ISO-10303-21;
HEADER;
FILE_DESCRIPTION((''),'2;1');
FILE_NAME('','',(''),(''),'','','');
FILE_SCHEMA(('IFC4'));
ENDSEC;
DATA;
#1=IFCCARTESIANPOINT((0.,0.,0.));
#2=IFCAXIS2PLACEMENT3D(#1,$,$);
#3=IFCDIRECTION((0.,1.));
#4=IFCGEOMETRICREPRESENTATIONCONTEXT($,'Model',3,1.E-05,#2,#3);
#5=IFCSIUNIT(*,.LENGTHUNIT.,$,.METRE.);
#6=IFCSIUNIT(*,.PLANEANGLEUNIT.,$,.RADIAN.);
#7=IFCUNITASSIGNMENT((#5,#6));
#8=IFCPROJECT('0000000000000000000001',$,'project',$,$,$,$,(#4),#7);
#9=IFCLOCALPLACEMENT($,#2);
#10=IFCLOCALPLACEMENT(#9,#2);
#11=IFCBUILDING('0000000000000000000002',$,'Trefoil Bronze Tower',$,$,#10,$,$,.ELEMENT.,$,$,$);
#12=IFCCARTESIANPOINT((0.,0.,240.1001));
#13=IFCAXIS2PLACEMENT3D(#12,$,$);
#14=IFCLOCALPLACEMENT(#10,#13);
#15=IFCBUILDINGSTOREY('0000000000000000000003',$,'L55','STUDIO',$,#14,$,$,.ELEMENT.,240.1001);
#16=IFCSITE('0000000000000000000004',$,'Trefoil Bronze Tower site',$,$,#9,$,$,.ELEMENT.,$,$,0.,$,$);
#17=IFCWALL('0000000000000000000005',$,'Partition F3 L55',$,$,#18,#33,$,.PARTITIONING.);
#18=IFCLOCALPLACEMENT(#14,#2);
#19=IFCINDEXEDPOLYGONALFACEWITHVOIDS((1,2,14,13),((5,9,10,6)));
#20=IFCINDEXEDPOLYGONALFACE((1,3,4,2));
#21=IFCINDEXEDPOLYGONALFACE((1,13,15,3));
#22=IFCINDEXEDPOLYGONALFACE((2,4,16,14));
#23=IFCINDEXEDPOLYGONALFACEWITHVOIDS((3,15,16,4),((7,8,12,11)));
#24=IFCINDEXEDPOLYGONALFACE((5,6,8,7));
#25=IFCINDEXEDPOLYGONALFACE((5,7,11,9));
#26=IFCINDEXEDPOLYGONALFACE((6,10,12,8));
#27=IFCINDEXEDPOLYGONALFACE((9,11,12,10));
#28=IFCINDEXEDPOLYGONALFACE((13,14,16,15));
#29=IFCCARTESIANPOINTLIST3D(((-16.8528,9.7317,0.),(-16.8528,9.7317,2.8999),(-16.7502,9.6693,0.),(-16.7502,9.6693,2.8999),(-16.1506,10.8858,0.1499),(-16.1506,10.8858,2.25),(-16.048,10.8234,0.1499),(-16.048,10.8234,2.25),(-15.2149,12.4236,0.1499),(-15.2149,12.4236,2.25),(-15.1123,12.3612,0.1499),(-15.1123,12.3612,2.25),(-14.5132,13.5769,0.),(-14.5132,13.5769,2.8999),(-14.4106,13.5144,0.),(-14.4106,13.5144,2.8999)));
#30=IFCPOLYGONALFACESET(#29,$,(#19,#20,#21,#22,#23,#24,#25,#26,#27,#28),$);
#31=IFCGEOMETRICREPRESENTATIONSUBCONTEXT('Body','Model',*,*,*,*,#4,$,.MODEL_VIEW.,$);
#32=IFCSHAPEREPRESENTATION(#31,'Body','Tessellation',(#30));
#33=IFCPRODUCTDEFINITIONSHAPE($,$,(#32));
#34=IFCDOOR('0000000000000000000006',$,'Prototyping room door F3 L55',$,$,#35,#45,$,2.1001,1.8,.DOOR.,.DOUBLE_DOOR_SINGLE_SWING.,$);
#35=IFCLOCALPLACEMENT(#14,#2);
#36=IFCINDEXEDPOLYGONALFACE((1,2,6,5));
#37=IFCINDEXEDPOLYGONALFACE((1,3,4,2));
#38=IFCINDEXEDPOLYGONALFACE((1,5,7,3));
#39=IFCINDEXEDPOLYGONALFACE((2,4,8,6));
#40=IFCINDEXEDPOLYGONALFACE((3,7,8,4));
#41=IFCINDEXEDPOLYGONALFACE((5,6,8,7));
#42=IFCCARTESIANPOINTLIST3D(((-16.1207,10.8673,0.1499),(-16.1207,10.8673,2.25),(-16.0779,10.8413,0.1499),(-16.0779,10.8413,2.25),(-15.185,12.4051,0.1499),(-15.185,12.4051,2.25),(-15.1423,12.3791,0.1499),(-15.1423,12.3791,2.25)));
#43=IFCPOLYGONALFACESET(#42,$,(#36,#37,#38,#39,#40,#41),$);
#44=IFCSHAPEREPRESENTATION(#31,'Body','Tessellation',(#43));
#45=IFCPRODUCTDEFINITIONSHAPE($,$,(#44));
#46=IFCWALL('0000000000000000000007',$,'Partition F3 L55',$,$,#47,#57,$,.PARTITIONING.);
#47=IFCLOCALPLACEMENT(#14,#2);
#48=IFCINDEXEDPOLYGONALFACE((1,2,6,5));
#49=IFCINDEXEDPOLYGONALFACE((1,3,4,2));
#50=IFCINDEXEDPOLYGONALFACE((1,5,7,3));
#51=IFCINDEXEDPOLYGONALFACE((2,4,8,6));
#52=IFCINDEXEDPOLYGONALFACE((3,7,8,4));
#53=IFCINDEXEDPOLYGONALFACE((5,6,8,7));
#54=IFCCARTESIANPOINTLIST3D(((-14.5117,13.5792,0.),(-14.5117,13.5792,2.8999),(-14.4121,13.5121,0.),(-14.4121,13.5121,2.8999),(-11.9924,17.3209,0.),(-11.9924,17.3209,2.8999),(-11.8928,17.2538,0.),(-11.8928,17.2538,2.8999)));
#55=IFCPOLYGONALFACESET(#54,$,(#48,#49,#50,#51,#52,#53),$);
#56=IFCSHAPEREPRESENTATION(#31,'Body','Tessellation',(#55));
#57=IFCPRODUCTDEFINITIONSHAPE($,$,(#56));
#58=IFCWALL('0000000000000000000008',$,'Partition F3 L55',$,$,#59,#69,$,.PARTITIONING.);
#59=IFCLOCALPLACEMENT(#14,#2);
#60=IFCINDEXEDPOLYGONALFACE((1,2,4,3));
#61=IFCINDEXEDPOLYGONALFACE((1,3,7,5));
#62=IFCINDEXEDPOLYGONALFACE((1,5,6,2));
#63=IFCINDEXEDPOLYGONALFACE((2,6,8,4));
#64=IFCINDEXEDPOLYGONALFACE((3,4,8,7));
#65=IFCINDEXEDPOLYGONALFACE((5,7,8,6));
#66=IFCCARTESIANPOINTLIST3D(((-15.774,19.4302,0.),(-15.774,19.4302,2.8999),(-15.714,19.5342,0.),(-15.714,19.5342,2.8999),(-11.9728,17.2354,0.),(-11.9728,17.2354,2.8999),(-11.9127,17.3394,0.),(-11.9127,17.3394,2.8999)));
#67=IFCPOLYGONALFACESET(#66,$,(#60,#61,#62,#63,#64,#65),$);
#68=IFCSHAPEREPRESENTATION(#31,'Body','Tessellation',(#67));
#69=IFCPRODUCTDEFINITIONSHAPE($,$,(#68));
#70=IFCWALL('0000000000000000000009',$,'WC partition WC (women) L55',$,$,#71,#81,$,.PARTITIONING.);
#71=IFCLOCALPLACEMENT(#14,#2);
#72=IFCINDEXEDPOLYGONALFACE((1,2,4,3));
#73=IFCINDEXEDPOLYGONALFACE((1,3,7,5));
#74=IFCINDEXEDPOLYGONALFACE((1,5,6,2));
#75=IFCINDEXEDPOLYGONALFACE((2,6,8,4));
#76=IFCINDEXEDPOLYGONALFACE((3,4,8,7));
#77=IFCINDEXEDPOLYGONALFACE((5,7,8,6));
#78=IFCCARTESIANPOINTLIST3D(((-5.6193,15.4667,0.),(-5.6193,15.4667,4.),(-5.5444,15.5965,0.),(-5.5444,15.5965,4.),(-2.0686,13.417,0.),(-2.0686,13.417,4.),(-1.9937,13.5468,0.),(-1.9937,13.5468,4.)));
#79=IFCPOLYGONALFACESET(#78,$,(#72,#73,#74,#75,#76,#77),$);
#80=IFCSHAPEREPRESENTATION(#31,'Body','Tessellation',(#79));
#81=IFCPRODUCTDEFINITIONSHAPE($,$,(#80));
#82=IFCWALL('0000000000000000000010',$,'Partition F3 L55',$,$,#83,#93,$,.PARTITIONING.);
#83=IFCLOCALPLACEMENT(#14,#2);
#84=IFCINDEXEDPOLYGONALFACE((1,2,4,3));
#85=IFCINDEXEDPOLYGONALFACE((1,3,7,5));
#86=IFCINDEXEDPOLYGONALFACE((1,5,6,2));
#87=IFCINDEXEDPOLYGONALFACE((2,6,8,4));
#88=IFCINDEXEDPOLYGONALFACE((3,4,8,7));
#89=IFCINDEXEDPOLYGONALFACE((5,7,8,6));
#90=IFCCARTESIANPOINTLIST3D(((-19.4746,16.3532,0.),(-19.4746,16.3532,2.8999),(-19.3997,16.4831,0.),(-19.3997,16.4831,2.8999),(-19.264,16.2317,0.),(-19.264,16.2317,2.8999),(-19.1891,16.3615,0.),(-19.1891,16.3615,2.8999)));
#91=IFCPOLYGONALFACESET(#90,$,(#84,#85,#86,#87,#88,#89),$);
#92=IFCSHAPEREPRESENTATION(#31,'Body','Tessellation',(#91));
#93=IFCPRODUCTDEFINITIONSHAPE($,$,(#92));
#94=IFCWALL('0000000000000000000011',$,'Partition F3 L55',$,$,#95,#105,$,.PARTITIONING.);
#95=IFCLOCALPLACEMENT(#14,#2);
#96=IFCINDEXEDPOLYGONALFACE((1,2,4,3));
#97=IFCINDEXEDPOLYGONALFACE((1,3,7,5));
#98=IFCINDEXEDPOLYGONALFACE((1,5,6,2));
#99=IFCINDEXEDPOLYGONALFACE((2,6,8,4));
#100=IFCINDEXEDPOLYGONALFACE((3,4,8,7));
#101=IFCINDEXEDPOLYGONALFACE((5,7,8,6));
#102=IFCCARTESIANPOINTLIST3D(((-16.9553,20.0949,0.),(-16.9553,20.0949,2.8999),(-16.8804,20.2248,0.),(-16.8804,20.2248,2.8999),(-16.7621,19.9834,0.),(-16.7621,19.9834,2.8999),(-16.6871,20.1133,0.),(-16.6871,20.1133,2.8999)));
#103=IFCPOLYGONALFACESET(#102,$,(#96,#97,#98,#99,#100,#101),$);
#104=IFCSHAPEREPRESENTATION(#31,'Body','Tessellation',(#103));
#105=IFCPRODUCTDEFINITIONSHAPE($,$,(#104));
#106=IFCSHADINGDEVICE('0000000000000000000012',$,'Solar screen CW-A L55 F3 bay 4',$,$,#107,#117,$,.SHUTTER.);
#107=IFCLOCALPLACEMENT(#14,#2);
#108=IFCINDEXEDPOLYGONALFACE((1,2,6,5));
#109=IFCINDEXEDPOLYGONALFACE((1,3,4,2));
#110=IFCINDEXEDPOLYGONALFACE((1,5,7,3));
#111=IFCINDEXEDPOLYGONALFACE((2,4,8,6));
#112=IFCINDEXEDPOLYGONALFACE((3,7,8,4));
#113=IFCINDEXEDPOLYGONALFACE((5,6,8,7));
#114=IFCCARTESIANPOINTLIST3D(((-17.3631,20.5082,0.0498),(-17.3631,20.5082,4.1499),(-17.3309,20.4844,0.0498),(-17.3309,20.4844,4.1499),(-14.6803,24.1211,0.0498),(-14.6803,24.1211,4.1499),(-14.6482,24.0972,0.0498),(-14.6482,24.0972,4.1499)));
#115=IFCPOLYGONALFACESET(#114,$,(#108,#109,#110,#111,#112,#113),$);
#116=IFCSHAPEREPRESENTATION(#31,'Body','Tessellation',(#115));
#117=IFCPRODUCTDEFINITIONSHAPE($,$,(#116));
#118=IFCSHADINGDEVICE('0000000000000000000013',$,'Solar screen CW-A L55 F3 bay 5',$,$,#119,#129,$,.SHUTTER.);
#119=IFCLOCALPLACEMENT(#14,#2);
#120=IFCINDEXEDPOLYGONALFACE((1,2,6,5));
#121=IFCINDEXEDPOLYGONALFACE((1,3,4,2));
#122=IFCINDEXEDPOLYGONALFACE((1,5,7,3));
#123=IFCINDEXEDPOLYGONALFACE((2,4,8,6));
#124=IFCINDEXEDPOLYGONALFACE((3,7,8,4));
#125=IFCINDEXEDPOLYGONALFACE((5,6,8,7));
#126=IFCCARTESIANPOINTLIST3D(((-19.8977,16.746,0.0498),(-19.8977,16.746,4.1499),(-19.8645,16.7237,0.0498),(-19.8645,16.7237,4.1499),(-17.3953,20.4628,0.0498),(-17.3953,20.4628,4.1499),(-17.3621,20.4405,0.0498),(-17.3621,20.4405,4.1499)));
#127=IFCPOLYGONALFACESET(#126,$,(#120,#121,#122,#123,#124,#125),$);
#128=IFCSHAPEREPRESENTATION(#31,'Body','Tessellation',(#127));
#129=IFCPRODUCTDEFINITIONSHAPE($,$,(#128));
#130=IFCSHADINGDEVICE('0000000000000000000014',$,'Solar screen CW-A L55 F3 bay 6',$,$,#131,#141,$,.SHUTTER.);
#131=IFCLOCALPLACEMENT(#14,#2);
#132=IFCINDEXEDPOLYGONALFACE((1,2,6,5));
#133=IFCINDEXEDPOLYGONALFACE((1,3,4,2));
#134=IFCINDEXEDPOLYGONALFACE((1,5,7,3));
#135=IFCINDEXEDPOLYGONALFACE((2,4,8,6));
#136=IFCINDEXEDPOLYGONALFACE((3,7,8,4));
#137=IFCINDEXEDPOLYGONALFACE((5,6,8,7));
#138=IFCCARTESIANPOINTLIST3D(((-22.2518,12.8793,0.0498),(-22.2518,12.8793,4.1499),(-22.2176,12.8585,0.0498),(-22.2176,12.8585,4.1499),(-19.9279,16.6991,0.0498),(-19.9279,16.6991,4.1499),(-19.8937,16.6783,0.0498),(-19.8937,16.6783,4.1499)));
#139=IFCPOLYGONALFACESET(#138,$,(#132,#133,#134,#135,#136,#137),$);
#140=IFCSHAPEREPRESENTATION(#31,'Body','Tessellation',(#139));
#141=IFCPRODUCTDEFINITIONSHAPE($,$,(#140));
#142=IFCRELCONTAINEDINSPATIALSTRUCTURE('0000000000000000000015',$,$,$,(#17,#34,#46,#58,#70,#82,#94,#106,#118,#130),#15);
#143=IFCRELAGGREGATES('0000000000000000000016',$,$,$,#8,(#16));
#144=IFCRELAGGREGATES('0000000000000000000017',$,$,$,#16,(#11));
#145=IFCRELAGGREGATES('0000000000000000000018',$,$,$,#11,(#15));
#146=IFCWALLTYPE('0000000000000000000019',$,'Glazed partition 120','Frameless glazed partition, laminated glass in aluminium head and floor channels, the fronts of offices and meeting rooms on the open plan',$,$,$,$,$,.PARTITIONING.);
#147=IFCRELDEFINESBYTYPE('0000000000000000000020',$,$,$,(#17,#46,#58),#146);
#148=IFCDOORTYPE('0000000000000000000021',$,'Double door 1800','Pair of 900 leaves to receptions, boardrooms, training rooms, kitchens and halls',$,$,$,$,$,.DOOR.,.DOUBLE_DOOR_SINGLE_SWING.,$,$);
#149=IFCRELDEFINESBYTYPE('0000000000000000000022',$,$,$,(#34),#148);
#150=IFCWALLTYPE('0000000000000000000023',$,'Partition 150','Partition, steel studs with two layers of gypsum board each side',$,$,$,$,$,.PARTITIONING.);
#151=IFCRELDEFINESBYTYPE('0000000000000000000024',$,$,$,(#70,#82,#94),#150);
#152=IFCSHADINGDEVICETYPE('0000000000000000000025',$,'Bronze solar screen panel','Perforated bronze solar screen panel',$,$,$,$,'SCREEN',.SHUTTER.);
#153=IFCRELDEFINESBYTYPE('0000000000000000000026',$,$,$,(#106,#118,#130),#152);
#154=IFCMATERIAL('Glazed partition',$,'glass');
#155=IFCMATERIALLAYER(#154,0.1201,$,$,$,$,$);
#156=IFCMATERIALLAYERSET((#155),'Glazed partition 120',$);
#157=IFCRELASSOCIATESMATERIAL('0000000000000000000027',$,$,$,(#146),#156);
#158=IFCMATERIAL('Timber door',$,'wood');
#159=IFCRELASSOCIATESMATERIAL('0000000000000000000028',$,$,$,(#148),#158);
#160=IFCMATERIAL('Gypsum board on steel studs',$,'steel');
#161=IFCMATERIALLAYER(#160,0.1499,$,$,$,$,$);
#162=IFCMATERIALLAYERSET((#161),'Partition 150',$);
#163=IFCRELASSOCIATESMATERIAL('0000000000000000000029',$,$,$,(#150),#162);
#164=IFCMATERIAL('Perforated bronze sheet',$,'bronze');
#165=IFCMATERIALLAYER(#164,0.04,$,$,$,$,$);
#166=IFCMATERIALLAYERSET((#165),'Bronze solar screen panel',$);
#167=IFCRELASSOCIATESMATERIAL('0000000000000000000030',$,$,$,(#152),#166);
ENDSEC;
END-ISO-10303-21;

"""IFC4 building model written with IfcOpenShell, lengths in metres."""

from ifc_helpers import new_model, si_unit, direction, frame, frame_2d, origin, origin_2d, place, context, subcontext, project, spatial, rectangle, extrude, material, layer, layer_set, type_object, element, fill, save


model = new_model("IFC4")

# Units and contexts
model_context = context("Model", 3, precision=1e-05, world=origin(), true_north=direction((0.0, 1.0)))
body_context = subcontext(model_context, "Body", "Model", "MODEL_VIEW")
ifc_project = project(units=[si_unit("LENGTHUNIT", "METRE"), si_unit("PLANEANGLEUNIT", "RADIAN")], contexts=[model_context])

# Site, building, storey
site_placement = place(None, origin())
site = spatial("IfcSite", under=ifc_project, at=site_placement, Name="Trefoil Bronze Tower site", CompositionType="ELEMENT", RefElevation=0.0)
building_placement = place(site_placement, origin())
building = spatial("IfcBuilding", under=site, at=building_placement, Name="Trefoil Bronze Tower", CompositionType="ELEMENT")
storey_placement = place(building_placement, frame((0.0, 0.0, 240.1001)))
storey = spatial("IfcBuildingStorey", under=building, at=storey_placement, Name="L55", Description="STUDIO", CompositionType="ELEMENT", Elevation=240.1001)

# Wall, opening, door
ifc_material_1 = material(Name="Glazed partition", Category="glass")
ifc_layer_1 = layer(ifc_material_1, 0.1201)
ifc_layer_set_1 = layer_set([ifc_layer_1], Name="Glazed partition 120")
wall_type_1 = type_object("IfcWallType", Name="Glazed partition 120", Description="Frameless glazed partition, laminated glass in aluminium head and floor channels, the fronts of offices and meeting rooms on the open plan", PredefinedType="PARTITIONING", material=ifc_layer_set_1)
wall_1_placement = place(storey_placement, frame((-14.4619, 13.5457, 0.0), z_axis=(0.0, 0.0, 1.0), x_axis=(-0.51979, -0.854294, 0.0)))
wall_1 = element("IfcWall", 1, at=wall_1_placement, inside=storey, type_object=wall_type_1, Name="Partition F3 L55", PredefinedType="PARTITIONING", context=body_context, shape_type="SweptSolid", body=[
    extrude(rectangle(XDim=4.501, YDim=0.1201, at=frame_2d((2.2505, 0.0))), origin(), (0.0, 0.0, 1.0), 2.8999),
])
opening_1_placement = place(wall_1_placement, frame((1.3501, 0.0, 0.1499)))
opening_1 = element("IfcOpeningElement", 2, at=opening_1_placement, cuts=wall_1, PredefinedType="OPENING", context=body_context, shape_type="SweptSolid", body=[
    extrude(rectangle(XDim=1.8, YDim=2.1001, at=frame_2d((0.8999, 1.05))), frame((0.0, 0.0701, 0.0), z_axis=(0.0, -1.0, 0.0), x_axis=(1.0, 0.0, 0.0)), (0.0, 0.0, 1.0), 0.1401),
])
ifc_material_2 = material(Name="Timber door", Category="wood")
door_type_1 = type_object("IfcDoorType", Name="Double door 1800", Description="Pair of 900 leaves to receptions, boardrooms, training rooms, kitchens and halls", OperationType="DOUBLE_DOOR_SINGLE_SWING", PredefinedType="DOOR", material=ifc_material_2)
door_1_placement = place(opening_1_placement, frame((1.8, 0.0, 0.0), z_axis=(0.0, 0.0, 1.0), x_axis=(-1.0, 0.0, 0.0)))
door_1 = element("IfcDoor", 3, at=door_1_placement, inside=storey, type_object=door_type_1, Name="Prototyping room door F3 L55", OperationType="DOUBLE_DOOR_SINGLE_SWING", OverallHeight=2.1001, OverallWidth=1.8, PredefinedType="DOOR", context=body_context, shape_type="SweptSolid", body=[
    extrude(rectangle(XDim=1.8, YDim=2.1001, at=frame_2d((0.8999, 1.05))), frame((0.0, 0.0249, 0.0), z_axis=(0.0, -1.0, 0.0), x_axis=(1.0, 0.0, 0.0)), (0.0, 0.0, 1.0), 0.05),
])
fill(opening_1, door_1)

# Walls
wall_2_placement = place(storey_placement, frame((-11.9426, 17.2874, 0.0), z_axis=(0.0, 0.0, 1.0), x_axis=(-0.558504, -0.829502, 0.0)))
element("IfcWall", 4, at=wall_2_placement, inside=storey, type_object=wall_type_1, Name="Partition F3 L55", PredefinedType="PARTITIONING", context=body_context, shape_type="SweptSolid", body=[
    extrude(rectangle(XDim=4.5107, YDim=0.1201, at=frame_2d((2.2554, 0.0))), origin(), (0.0, 0.0, 1.0), 2.8999),
])
wall_3_placement = place(storey_placement, frame((-11.9426, 17.2874, 0.0), z_axis=(0.0, 0.0, 1.0), x_axis=(-0.86601, 0.500027, 0.0)))
element("IfcWall", 5, at=wall_3_placement, inside=storey, type_object=wall_type_1, Name="Partition F3 L55", PredefinedType="PARTITIONING", context=body_context, shape_type="SweptSolid", body=[
    extrude(rectangle(XDim=4.3894, YDim=0.1201, at=frame_2d((2.1948, 0.0))), origin(), (0.0, 0.0, 1.0), 2.8999),
])
ifc_material_3 = material(Name="Gypsum board on steel studs", Category="steel")
ifc_layer_2 = layer(ifc_material_3, 0.1499)
ifc_layer_set_2 = layer_set([ifc_layer_2], Name="Partition 150")
wall_type_2 = type_object("IfcWallType", Name="Partition 150", Description="Partition, steel studs with two layers of gypsum board each side", PredefinedType="PARTITIONING", material=ifc_layer_set_2)
wall_4_placement = place(storey_placement, frame((-2.0312, 13.4819, 0.0), z_axis=(0.0, 0.0, 1.0), x_axis=(-0.866051, 0.499956, 0.0)))
element("IfcWall", 6, at=wall_4_placement, inside=storey, type_object=wall_type_2, Name="WC partition WC (women) L55", PredefinedType="PARTITIONING", context=body_context, shape_type="SweptSolid", body=[
    extrude(rectangle(XDim=4.0999, YDim=0.1499, at=frame_2d((2.0498, 0.0))), origin(), (0.0, 0.0, 1.0), 4.0),
])
wall_5_placement = place(storey_placement, frame((-19.2266, 16.2966, 0.0), z_axis=(0.0, 0.0, 1.0), x_axis=(-0.866135, 0.499809, 0.0)))
element("IfcWall", 7, at=wall_5_placement, inside=storey, type_object=wall_type_2, Name="Partition F3 L55", PredefinedType="PARTITIONING", context=body_context, shape_type="SweptSolid", body=[
    extrude(rectangle(XDim=0.2432, YDim=0.1499, at=frame_2d((0.1216, 0.0))), origin(), (0.0, 0.0, 1.0), 2.8999),
])
wall_6_placement = place(storey_placement, frame((-16.7246, 20.0483, 0.0), z_axis=(0.0, 0.0, 1.0), x_axis=(-0.866149, 0.499786, 0.0)))
element("IfcWall", 8, at=wall_6_placement, inside=storey, type_object=wall_type_2, Name="Partition F3 L55", PredefinedType="PARTITIONING", context=body_context, shape_type="SweptSolid", body=[
    extrude(rectangle(XDim=0.2231, YDim=0.1499, at=frame_2d((0.1116, 0.0))), origin(), (0.0, 0.0, 1.0), 2.8999),
])

# Shading devices
ifc_material_4 = material(Name="Perforated bronze sheet", Category="bronze")
ifc_layer_3 = layer(ifc_material_4, 0.04)
ifc_layer_set_3 = layer_set([ifc_layer_3], Name="Bronze solar screen panel")
shading_device_type = type_object("IfcShadingDeviceType", Name="Bronze solar screen panel", Description="Perforated bronze solar screen panel", ElementType="SCREEN", PredefinedType="SHUTTER", material=ifc_layer_set_3)
shading_device_1_placement = place(storey_placement, frame((-16.0056, 22.3027, 0.0498), z_axis=(0.0, 0.0, 1.0), x_axis=(-0.596162, -0.802865, 0.0)))
element("IfcShadingDevice", 9, at=shading_device_1_placement, inside=storey, type_object=shading_device_type, Name="Solar screen CW-A L55 F3 bay 4", PredefinedType="SHUTTER", context=body_context, shape_type="SweptSolid", body=[
    extrude(rectangle(XDim=4.5, YDim=0.04, at=origin_2d()), origin(), (0.0, 0.0, 1.0), 4.1001),
])
shading_device_2_placement = place(storey_placement, frame((-18.6299, 18.5933, 0.0498), z_axis=(0.0, 0.0, 1.0), x_axis=(-0.558493, -0.829509, 0.0)))
element("IfcShadingDevice", 10, at=shading_device_2_placement, inside=storey, type_object=shading_device_type, Name="Solar screen CW-A L55 F3 bay 5", PredefinedType="SHUTTER", context=body_context, shape_type="SweptSolid", body=[
    extrude(rectangle(XDim=4.4807, YDim=0.04, at=origin_2d()), origin(), (0.0, 0.0, 1.0), 4.1001),
])
shading_device_3_placement = place(storey_placement, frame((-21.0728, 14.7788, 0.0498), z_axis=(0.0, 0.0, 1.0), x_axis=(-0.519762, -0.854311, 0.0)))
element("IfcShadingDevice", 11, at=shading_device_3_placement, inside=storey, type_object=shading_device_type, Name="Solar screen CW-A L55 F3 bay 6", PredefinedType="SHUTTER", context=body_context, shape_type="SweptSolid", body=[
    extrude(rectangle(XDim=4.4712, YDim=0.04, at=origin_2d()), origin(), (0.0, 0.0, 1.0), 4.1001),
])

save(model, "model.ifc")
